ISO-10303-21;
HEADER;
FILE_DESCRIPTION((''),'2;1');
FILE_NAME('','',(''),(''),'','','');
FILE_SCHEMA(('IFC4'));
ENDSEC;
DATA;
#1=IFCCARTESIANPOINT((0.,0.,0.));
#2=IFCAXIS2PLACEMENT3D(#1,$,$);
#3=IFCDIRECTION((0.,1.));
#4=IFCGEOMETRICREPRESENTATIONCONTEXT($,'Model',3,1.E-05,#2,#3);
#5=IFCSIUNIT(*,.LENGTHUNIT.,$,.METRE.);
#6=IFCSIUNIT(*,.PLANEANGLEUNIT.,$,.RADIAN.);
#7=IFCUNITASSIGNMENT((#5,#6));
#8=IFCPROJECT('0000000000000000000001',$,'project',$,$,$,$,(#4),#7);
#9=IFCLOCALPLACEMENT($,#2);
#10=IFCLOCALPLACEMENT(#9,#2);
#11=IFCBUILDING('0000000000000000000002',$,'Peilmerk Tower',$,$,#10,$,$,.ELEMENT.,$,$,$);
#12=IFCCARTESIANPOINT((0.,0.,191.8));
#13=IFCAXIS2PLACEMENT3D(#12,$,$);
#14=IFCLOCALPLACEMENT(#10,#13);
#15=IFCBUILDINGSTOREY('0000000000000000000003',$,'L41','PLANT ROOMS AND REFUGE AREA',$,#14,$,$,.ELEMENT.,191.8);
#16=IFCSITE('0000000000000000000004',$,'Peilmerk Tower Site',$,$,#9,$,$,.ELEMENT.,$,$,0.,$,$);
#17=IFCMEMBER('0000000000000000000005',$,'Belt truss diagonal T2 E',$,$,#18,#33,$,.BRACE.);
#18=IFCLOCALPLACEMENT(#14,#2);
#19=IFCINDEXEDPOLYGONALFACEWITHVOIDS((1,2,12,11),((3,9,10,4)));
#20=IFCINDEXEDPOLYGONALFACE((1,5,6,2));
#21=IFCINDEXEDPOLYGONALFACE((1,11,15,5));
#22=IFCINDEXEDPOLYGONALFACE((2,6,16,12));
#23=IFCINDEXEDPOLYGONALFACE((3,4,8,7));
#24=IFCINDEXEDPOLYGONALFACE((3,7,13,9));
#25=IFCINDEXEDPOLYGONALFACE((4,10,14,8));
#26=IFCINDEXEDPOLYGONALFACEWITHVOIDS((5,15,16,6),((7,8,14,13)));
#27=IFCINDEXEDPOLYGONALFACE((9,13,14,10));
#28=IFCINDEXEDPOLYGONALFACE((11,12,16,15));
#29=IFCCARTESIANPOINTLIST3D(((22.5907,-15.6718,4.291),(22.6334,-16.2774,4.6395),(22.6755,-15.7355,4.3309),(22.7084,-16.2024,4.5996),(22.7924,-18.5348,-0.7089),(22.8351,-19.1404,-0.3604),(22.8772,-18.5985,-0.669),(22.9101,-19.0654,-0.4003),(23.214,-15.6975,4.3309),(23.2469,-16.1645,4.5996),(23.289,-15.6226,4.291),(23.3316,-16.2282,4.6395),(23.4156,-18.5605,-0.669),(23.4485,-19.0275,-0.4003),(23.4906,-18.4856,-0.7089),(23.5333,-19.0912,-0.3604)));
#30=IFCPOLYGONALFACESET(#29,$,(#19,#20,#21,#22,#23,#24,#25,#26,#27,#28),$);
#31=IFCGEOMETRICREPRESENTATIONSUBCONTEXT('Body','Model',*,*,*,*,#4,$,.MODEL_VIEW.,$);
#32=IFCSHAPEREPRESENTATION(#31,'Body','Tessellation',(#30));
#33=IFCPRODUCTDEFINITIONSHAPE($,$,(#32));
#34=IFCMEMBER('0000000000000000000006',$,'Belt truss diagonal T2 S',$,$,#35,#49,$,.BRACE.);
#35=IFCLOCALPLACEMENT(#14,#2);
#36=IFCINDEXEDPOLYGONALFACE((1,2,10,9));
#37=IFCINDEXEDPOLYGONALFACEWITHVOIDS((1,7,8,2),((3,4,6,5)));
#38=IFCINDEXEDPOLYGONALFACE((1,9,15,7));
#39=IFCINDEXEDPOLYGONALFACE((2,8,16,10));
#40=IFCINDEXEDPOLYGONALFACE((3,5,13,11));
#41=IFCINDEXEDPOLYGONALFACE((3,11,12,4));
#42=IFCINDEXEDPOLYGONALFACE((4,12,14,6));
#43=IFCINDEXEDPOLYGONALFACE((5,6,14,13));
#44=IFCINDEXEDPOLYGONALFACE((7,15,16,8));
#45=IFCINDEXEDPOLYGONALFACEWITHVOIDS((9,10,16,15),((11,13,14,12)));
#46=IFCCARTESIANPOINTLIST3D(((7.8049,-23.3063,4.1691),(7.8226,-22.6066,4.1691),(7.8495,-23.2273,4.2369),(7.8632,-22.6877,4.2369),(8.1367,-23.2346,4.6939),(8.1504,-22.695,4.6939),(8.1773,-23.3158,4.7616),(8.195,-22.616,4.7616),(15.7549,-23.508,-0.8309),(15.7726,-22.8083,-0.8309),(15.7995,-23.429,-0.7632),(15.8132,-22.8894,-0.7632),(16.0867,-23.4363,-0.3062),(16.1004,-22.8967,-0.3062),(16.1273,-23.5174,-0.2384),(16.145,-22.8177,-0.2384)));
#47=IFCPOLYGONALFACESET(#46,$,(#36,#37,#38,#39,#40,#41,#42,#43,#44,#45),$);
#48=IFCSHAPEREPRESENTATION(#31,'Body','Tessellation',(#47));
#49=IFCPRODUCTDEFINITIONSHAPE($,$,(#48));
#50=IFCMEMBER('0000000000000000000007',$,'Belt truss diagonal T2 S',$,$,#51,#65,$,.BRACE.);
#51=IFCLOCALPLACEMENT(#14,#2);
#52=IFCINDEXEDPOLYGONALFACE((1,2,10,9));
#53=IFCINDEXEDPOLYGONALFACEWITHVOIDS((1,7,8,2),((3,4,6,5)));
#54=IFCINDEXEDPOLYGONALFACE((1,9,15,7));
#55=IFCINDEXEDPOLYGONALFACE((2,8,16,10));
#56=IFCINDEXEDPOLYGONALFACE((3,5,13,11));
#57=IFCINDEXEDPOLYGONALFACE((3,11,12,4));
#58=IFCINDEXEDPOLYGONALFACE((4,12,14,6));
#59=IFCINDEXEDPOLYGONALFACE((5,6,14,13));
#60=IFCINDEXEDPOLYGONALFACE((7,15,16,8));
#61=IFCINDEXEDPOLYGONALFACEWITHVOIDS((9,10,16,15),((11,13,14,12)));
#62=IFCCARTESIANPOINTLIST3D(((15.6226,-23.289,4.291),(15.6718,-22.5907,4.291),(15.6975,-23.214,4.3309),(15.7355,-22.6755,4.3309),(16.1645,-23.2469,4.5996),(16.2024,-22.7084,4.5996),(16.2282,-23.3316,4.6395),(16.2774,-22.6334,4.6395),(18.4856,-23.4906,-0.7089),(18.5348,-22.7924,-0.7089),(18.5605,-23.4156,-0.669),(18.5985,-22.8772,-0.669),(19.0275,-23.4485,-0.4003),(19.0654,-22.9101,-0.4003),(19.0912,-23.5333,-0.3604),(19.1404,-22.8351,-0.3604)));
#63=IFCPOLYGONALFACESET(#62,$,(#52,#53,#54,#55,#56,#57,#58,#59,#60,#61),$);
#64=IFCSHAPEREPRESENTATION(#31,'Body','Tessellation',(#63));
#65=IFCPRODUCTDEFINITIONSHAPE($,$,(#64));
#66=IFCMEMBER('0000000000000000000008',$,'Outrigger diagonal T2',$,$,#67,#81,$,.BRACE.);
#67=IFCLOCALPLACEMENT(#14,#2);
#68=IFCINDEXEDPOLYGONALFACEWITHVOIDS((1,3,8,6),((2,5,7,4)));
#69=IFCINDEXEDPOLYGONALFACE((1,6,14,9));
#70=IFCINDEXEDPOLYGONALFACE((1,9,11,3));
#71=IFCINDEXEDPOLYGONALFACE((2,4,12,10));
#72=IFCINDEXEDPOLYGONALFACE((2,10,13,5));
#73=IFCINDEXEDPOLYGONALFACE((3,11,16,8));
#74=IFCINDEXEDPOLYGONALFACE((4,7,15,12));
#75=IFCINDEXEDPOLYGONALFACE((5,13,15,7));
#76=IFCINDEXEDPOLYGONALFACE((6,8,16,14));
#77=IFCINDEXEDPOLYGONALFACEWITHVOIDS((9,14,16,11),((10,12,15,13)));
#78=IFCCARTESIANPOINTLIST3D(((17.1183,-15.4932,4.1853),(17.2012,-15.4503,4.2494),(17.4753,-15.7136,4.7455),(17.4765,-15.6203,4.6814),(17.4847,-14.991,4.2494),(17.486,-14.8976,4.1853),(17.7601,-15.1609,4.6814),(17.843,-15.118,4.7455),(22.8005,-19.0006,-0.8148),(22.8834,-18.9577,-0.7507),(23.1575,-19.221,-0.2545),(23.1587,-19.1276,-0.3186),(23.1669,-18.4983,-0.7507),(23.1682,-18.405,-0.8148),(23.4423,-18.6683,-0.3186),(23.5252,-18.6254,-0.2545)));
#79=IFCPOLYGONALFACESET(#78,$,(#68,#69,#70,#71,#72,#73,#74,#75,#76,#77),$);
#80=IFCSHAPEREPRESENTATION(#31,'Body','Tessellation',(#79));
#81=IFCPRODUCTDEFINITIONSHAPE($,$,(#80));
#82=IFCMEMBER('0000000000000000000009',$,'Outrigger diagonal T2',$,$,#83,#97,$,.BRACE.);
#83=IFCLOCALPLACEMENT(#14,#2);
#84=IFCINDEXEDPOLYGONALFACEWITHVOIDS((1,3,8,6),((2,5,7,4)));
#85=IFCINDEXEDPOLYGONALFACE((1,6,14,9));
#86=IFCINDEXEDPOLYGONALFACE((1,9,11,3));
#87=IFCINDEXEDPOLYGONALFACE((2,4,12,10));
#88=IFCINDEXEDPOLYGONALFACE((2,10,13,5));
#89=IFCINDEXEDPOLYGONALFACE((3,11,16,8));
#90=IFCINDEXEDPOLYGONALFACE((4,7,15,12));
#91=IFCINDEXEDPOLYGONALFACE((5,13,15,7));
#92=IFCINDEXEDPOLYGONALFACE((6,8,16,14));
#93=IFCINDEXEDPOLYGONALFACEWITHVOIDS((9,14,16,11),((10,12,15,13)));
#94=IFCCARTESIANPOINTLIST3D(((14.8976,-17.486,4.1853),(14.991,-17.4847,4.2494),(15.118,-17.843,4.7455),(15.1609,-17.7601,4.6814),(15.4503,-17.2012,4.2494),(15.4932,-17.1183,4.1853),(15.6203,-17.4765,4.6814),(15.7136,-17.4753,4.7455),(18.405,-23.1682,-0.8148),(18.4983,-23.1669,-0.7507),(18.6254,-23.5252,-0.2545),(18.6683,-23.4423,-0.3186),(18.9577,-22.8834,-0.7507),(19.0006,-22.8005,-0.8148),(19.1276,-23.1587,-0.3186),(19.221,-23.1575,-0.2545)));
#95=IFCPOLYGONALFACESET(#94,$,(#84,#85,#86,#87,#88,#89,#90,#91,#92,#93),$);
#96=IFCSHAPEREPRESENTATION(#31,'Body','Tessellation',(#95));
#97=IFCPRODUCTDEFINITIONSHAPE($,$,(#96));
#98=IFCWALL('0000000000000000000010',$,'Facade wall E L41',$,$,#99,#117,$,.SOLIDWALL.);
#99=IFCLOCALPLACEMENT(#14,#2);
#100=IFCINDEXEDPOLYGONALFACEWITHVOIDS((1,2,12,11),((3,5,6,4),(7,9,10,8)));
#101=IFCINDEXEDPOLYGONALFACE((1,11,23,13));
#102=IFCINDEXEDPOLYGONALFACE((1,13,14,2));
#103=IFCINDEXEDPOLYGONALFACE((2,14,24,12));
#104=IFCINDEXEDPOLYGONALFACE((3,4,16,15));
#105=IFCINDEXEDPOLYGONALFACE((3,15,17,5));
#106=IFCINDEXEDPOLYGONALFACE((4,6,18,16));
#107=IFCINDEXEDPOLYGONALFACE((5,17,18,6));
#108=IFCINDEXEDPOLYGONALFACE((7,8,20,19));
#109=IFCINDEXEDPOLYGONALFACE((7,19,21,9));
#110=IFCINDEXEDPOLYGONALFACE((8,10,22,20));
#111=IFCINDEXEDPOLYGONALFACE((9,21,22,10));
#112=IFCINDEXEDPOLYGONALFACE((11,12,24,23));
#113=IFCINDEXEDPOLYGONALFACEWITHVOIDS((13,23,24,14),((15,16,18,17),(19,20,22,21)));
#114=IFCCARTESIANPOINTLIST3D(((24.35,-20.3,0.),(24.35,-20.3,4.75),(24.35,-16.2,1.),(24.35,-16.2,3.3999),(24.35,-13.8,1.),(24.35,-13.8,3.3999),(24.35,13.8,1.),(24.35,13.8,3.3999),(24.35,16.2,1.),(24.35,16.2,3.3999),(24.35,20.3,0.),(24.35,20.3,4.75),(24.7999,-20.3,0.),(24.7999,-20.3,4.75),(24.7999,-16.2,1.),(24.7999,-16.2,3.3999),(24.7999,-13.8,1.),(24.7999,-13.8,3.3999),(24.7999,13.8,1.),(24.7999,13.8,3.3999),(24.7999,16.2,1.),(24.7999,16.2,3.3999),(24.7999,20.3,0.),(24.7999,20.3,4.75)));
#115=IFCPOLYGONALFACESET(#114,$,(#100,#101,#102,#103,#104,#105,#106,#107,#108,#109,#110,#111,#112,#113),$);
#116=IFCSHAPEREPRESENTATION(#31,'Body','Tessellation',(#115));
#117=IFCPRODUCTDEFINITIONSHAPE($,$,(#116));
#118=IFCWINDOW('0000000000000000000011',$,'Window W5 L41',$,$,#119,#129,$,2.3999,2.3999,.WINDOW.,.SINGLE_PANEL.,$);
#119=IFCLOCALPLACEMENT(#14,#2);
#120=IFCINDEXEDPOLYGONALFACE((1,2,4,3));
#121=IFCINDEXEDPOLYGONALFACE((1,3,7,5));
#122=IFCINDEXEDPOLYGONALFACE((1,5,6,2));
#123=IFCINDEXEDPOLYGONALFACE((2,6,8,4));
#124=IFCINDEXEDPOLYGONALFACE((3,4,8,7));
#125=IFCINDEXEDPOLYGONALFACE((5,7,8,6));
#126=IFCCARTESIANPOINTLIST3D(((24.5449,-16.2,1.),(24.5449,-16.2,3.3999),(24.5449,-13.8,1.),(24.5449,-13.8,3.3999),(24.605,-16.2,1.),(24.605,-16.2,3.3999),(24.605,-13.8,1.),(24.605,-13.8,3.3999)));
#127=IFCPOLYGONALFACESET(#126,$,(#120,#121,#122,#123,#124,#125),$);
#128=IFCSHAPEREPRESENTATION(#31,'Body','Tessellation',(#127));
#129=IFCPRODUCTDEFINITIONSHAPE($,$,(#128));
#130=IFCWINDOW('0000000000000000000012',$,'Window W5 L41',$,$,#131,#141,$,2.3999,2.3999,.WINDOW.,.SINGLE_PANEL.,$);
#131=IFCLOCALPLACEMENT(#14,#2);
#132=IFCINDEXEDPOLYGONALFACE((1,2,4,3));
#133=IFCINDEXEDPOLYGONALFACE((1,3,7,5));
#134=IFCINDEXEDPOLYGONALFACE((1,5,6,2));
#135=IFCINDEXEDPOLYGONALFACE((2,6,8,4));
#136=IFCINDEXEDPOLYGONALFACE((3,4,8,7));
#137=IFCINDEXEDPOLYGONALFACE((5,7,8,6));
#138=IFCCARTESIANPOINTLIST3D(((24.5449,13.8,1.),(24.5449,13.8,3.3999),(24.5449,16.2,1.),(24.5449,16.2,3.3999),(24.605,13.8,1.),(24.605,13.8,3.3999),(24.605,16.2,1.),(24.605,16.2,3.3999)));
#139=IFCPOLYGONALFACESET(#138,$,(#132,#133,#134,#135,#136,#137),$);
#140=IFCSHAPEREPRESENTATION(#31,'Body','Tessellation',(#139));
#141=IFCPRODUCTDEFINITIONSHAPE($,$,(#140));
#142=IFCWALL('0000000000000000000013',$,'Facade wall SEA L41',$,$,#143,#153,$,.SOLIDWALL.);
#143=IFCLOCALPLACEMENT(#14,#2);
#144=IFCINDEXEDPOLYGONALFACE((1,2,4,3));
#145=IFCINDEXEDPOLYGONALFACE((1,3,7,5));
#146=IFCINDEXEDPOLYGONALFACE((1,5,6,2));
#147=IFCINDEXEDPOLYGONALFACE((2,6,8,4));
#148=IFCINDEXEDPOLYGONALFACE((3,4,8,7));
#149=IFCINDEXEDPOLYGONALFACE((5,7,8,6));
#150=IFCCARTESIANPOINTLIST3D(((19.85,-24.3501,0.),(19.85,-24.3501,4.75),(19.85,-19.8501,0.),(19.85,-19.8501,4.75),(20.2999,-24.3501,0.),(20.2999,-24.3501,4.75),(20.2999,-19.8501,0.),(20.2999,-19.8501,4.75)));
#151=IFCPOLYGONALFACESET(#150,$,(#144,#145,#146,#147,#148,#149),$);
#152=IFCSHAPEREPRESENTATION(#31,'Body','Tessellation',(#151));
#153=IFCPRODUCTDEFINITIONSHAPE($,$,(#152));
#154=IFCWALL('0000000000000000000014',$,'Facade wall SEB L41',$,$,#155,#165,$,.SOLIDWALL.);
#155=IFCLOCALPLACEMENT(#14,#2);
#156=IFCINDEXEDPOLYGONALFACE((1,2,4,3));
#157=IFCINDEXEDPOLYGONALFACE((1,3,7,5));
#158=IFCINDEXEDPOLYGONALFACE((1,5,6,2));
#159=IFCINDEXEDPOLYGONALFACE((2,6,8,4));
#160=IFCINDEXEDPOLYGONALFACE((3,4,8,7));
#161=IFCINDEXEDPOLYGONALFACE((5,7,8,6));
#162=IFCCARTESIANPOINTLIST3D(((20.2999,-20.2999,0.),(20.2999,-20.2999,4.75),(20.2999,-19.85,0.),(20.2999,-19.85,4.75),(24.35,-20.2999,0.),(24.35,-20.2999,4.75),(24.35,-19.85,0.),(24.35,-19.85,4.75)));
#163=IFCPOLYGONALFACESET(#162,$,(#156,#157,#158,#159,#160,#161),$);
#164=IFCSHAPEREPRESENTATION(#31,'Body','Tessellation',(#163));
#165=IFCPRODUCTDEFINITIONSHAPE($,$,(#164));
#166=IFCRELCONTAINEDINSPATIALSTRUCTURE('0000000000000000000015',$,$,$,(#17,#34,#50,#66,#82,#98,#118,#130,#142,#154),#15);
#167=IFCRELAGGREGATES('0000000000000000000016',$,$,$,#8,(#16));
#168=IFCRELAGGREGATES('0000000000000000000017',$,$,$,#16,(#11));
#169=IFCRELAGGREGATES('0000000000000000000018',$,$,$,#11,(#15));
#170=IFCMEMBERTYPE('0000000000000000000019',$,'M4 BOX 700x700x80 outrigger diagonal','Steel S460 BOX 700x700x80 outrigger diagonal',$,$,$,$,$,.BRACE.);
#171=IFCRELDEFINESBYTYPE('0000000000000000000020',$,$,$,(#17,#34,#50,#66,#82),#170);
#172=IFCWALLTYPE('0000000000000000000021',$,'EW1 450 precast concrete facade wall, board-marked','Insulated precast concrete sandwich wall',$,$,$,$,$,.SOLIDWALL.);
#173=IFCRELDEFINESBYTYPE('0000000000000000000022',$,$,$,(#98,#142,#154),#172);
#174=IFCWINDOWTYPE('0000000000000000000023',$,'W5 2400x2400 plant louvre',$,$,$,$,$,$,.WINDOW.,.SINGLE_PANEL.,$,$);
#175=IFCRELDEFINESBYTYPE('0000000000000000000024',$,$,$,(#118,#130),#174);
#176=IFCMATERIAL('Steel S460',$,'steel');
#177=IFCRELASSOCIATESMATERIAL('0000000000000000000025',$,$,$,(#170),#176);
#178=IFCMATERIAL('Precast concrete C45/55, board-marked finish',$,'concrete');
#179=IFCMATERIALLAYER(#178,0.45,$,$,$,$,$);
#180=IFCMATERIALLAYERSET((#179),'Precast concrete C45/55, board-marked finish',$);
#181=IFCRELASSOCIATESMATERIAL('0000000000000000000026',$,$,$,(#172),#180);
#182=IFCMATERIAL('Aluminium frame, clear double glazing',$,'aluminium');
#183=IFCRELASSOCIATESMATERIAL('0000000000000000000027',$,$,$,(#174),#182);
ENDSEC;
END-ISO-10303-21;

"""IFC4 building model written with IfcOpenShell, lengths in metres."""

from ifc_helpers import new_model, si_unit, direction, frame, frame_2d, origin, origin_2d, place, context, subcontext, project, spatial, rectangle, hollow_rectangle, extrude, material, layer, layer_set, material_profile, profile_set, type_object, element, fill, save


model = new_model("IFC4")

# Units and contexts
model_context = context("Model", 3, precision=1e-05, world=origin(), true_north=direction((0.0, 1.0)))
body_context = subcontext(model_context, "Body", "Model", "MODEL_VIEW")
ifc_project = project(units=[si_unit("LENGTHUNIT", "METRE"), si_unit("PLANEANGLEUNIT", "RADIAN")], contexts=[model_context])

# Site, building, storey
site_placement = place(None, origin())
site = spatial("IfcSite", under=ifc_project, at=site_placement, Name="Peilmerk Tower Site", CompositionType="ELEMENT", RefElevation=0.0)
building_placement = place(site_placement, origin())
building = spatial("IfcBuilding", under=site, at=building_placement, Name="Peilmerk Tower", CompositionType="ELEMENT")
storey_placement = place(building_placement, frame((0.0, 0.0, 191.8)))
storey = spatial("IfcBuildingStorey", under=building, at=storey_placement, Name="L41", Description="PLANT ROOMS AND REFUGE AREA", CompositionType="ELEMENT", Elevation=191.8)

# Shared definitions
ifc_material_1 = material(Name="Steel S460", Category="steel")

# Members
ifc_material_profile_1 = material_profile(ifc_material_1, hollow_rectangle(XDim=0.7, YDim=0.7, WallThickness=0.0801, at=origin_2d()), Name="BOX 700x700x80")
ifc_profile_set_1 = profile_set([ifc_material_profile_1], Name="Steel S460")
member_type_1 = type_object("IfcMemberType", Name="M4 BOX 700x700x80 outrigger diagonal", Description="Steel S460 BOX 700x700x80 outrigger diagonal", PredefinedType="BRACE", material=ifc_profile_set_1)
member_1_placement = place(storey_placement, frame((23.1628, -18.813, -0.5347), z_axis=(-0.034979, 0.496606, 0.867271), x_axis=(-0.997529, -0.070262, 0.0)))
element("IfcMember", 1, at=member_1_placement, inside=storey, type_object=member_type_1, Name="Belt truss diagonal T2 E", PredefinedType="BRACE", context=body_context, shape_type="SweptSolid", body=[
    extrude(hollow_rectangle(XDim=0.7, YDim=0.7, WallThickness=0.0801, at=origin_2d()), origin(), (0.0, 0.0, 1.0), 5.7651),
])
member_2_placement = place(storey_placement, frame((15.95, -23.1628, -0.5347), z_axis=(-0.846303, 0.021467, 0.532269), x_axis=(-0.025358, -0.999678, 0.0)))
element("IfcMember", 2, at=member_2_placement, inside=storey, type_object=member_type_1, Name="Belt truss diagonal T2 S", PredefinedType="BRACE", context=body_context, shape_type="SweptSolid", body=[
    extrude(hollow_rectangle(XDim=0.7, YDim=0.7, WallThickness=0.0801, at=origin_2d()), origin(), (0.0, 0.0, 1.0), 9.3938),
])
member_3_placement = place(storey_placement, frame((18.813, -23.1628, -0.5347), z_axis=(-0.496606, 0.034979, 0.867271), x_axis=(-0.070262, -0.997529, 0.0)))
element("IfcMember", 3, at=member_3_placement, inside=storey, type_object=member_type_1, Name="Belt truss diagonal T2 S", PredefinedType="BRACE", context=body_context, shape_type="SweptSolid", body=[
    extrude(hollow_rectangle(XDim=0.7, YDim=0.7, WallThickness=0.0801, at=origin_2d()), origin(), (0.0, 0.0, 1.0), 5.7651),
])
for number, where, z_axis, x_axis, name in (
    (4, (23.1628, -18.813, -0.5347), (-0.681152, 0.420445, 0.599381), (-0.525252, -0.850947, 0.0), "Outrigger diagonal T2"),
    (5, (18.813, -23.1628, -0.5347), (-0.420445, 0.681152, 0.599381), (-0.850947, -0.525252, 0.0), "Outrigger diagonal T2"),
):
    element("IfcMember", number, at=place(storey_placement, frame(where, z_axis=z_axis, x_axis=x_axis)), inside=storey, type_object=member_type_1, Name=name, PredefinedType="BRACE", context=body_context, shape_type="SweptSolid", body=[
        extrude(hollow_rectangle(XDim=0.7, YDim=0.7, WallThickness=0.0801, at=origin_2d()), origin(), (0.0, 0.0, 1.0), 8.342),
    ])

# Wall, openings, windows
ifc_material_2 = material(Name="Precast concrete C45/55, board-marked finish", Category="concrete")
ifc_layer = layer(ifc_material_2, 0.45)
ifc_layer_set = layer_set([ifc_layer], Name="Precast concrete C45/55, board-marked finish")
wall_type = type_object("IfcWallType", Name="EW1 450 precast concrete facade wall, board-marked", Description="Insulated precast concrete sandwich wall", PredefinedType="SOLIDWALL", material=ifc_layer_set)
wall_1_placement = place(storey_placement, frame((24.575, -20.3, 0.0), z_axis=(0.0, 0.0, 1.0), x_axis=(0.0, 1.0, 0.0)))
wall_1 = element("IfcWall", 6, at=wall_1_placement, inside=storey, type_object=wall_type, Name="Facade wall E L41", PredefinedType="SOLIDWALL", context=body_context, shape_type="SweptSolid", body=[
    extrude(rectangle(XDim=40.6001, YDim=0.45, at=frame_2d((20.3, 0.0))), origin(), (0.0, 0.0, 1.0), 4.75),
])
opening_1_placement = place(wall_1_placement, frame((4.1001, 0.0, 1.0)))
opening_1 = element("IfcOpeningElement", 7, at=opening_1_placement, cuts=wall_1, PredefinedType="OPENING", context=body_context, shape_type="SweptSolid", body=[
    extrude(rectangle(XDim=2.3999, YDim=2.3999, at=frame_2d((1.2, 1.2))), frame((0.0, 0.2349, 0.0), z_axis=(0.0, -1.0, 0.0), x_axis=(1.0, 0.0, 0.0)), (0.0, 0.0, 1.0), 0.47),
])
opening_2_placement = place(wall_1_placement, frame((34.1001, 0.0, 1.0)))
opening_2 = element("IfcOpeningElement", 8, at=opening_2_placement, cuts=wall_1, PredefinedType="OPENING", context=body_context, shape_type="SweptSolid", body=[
    extrude(rectangle(XDim=2.3999, YDim=2.3999, at=frame_2d((1.2, 1.2))), frame((0.0, 0.2349, 0.0), z_axis=(0.0, -1.0, 0.0), x_axis=(1.0, 0.0, 0.0)), (0.0, 0.0, 1.0), 0.47),
])
ifc_material_3 = material(Name="Aluminium frame, clear double glazing", Category="aluminium")
window_type = type_object("IfcWindowType", Name="W5 2400x2400 plant louvre", PartitioningType="SINGLE_PANEL", PredefinedType="WINDOW", material=ifc_material_3)
window_1_placement = place(opening_1_placement, origin())
window_1 = element("IfcWindow", 9, at=window_1_placement, inside=storey, type_object=window_type, Name="Window W5 L41", OverallHeight=2.3999, OverallWidth=2.3999, PartitioningType="SINGLE_PANEL", PredefinedType="WINDOW", context=body_context, shape_type="SweptSolid", body=[
    extrude(rectangle(XDim=2.3999, YDim=2.3999, at=frame_2d((1.2, 1.2))), frame((0.0, 0.03, 0.0), z_axis=(0.0, -1.0, 0.0), x_axis=(1.0, 0.0, 0.0)), (0.0, 0.0, 1.0), 0.0601),
])
fill(opening_1, window_1)
window_2_placement = place(opening_2_placement, origin())
window_2 = element("IfcWindow", 10, at=window_2_placement, inside=storey, type_object=window_type, Name="Window W5 L41", OverallHeight=2.3999, OverallWidth=2.3999, PartitioningType="SINGLE_PANEL", PredefinedType="WINDOW", context=body_context, shape_type="SweptSolid", body=[
    extrude(rectangle(XDim=2.3999, YDim=2.3999, at=frame_2d((1.2, 1.2))), frame((0.0, 0.03, 0.0), z_axis=(0.0, -1.0, 0.0), x_axis=(1.0, 0.0, 0.0)), (0.0, 0.0, 1.0), 0.0601),
])
fill(opening_2, window_2)

# Walls
wall_2_placement = place(storey_placement, frame((20.075, -19.8501, 0.0), z_axis=(0.0, 0.0, 1.0), x_axis=(0.0, -1.0, 0.0)))
element("IfcWall", 11, at=wall_2_placement, inside=storey, type_object=wall_type, Name="Facade wall SEA L41", PredefinedType="SOLIDWALL", context=body_context, shape_type="SweptSolid", body=[
    extrude(rectangle(XDim=4.5, YDim=0.45, at=frame_2d((2.25, 0.0))), origin(), (0.0, 0.0, 1.0), 4.75),
])
wall_3_placement = place(storey_placement, frame((20.3, -20.075, 0.0), z_axis=(0.0, 0.0, 1.0), x_axis=(1.0, 0.0, 0.0)))
element("IfcWall", 12, at=wall_3_placement, inside=storey, type_object=wall_type, Name="Facade wall SEB L41", PredefinedType="SOLIDWALL", context=body_context, shape_type="SweptSolid", body=[
    extrude(rectangle(XDim=4.05, YDim=0.45, at=frame_2d((2.0249, 0.0))), origin(), (0.0, 0.0, 1.0), 4.75),
])

save(model, "model.ifc")
